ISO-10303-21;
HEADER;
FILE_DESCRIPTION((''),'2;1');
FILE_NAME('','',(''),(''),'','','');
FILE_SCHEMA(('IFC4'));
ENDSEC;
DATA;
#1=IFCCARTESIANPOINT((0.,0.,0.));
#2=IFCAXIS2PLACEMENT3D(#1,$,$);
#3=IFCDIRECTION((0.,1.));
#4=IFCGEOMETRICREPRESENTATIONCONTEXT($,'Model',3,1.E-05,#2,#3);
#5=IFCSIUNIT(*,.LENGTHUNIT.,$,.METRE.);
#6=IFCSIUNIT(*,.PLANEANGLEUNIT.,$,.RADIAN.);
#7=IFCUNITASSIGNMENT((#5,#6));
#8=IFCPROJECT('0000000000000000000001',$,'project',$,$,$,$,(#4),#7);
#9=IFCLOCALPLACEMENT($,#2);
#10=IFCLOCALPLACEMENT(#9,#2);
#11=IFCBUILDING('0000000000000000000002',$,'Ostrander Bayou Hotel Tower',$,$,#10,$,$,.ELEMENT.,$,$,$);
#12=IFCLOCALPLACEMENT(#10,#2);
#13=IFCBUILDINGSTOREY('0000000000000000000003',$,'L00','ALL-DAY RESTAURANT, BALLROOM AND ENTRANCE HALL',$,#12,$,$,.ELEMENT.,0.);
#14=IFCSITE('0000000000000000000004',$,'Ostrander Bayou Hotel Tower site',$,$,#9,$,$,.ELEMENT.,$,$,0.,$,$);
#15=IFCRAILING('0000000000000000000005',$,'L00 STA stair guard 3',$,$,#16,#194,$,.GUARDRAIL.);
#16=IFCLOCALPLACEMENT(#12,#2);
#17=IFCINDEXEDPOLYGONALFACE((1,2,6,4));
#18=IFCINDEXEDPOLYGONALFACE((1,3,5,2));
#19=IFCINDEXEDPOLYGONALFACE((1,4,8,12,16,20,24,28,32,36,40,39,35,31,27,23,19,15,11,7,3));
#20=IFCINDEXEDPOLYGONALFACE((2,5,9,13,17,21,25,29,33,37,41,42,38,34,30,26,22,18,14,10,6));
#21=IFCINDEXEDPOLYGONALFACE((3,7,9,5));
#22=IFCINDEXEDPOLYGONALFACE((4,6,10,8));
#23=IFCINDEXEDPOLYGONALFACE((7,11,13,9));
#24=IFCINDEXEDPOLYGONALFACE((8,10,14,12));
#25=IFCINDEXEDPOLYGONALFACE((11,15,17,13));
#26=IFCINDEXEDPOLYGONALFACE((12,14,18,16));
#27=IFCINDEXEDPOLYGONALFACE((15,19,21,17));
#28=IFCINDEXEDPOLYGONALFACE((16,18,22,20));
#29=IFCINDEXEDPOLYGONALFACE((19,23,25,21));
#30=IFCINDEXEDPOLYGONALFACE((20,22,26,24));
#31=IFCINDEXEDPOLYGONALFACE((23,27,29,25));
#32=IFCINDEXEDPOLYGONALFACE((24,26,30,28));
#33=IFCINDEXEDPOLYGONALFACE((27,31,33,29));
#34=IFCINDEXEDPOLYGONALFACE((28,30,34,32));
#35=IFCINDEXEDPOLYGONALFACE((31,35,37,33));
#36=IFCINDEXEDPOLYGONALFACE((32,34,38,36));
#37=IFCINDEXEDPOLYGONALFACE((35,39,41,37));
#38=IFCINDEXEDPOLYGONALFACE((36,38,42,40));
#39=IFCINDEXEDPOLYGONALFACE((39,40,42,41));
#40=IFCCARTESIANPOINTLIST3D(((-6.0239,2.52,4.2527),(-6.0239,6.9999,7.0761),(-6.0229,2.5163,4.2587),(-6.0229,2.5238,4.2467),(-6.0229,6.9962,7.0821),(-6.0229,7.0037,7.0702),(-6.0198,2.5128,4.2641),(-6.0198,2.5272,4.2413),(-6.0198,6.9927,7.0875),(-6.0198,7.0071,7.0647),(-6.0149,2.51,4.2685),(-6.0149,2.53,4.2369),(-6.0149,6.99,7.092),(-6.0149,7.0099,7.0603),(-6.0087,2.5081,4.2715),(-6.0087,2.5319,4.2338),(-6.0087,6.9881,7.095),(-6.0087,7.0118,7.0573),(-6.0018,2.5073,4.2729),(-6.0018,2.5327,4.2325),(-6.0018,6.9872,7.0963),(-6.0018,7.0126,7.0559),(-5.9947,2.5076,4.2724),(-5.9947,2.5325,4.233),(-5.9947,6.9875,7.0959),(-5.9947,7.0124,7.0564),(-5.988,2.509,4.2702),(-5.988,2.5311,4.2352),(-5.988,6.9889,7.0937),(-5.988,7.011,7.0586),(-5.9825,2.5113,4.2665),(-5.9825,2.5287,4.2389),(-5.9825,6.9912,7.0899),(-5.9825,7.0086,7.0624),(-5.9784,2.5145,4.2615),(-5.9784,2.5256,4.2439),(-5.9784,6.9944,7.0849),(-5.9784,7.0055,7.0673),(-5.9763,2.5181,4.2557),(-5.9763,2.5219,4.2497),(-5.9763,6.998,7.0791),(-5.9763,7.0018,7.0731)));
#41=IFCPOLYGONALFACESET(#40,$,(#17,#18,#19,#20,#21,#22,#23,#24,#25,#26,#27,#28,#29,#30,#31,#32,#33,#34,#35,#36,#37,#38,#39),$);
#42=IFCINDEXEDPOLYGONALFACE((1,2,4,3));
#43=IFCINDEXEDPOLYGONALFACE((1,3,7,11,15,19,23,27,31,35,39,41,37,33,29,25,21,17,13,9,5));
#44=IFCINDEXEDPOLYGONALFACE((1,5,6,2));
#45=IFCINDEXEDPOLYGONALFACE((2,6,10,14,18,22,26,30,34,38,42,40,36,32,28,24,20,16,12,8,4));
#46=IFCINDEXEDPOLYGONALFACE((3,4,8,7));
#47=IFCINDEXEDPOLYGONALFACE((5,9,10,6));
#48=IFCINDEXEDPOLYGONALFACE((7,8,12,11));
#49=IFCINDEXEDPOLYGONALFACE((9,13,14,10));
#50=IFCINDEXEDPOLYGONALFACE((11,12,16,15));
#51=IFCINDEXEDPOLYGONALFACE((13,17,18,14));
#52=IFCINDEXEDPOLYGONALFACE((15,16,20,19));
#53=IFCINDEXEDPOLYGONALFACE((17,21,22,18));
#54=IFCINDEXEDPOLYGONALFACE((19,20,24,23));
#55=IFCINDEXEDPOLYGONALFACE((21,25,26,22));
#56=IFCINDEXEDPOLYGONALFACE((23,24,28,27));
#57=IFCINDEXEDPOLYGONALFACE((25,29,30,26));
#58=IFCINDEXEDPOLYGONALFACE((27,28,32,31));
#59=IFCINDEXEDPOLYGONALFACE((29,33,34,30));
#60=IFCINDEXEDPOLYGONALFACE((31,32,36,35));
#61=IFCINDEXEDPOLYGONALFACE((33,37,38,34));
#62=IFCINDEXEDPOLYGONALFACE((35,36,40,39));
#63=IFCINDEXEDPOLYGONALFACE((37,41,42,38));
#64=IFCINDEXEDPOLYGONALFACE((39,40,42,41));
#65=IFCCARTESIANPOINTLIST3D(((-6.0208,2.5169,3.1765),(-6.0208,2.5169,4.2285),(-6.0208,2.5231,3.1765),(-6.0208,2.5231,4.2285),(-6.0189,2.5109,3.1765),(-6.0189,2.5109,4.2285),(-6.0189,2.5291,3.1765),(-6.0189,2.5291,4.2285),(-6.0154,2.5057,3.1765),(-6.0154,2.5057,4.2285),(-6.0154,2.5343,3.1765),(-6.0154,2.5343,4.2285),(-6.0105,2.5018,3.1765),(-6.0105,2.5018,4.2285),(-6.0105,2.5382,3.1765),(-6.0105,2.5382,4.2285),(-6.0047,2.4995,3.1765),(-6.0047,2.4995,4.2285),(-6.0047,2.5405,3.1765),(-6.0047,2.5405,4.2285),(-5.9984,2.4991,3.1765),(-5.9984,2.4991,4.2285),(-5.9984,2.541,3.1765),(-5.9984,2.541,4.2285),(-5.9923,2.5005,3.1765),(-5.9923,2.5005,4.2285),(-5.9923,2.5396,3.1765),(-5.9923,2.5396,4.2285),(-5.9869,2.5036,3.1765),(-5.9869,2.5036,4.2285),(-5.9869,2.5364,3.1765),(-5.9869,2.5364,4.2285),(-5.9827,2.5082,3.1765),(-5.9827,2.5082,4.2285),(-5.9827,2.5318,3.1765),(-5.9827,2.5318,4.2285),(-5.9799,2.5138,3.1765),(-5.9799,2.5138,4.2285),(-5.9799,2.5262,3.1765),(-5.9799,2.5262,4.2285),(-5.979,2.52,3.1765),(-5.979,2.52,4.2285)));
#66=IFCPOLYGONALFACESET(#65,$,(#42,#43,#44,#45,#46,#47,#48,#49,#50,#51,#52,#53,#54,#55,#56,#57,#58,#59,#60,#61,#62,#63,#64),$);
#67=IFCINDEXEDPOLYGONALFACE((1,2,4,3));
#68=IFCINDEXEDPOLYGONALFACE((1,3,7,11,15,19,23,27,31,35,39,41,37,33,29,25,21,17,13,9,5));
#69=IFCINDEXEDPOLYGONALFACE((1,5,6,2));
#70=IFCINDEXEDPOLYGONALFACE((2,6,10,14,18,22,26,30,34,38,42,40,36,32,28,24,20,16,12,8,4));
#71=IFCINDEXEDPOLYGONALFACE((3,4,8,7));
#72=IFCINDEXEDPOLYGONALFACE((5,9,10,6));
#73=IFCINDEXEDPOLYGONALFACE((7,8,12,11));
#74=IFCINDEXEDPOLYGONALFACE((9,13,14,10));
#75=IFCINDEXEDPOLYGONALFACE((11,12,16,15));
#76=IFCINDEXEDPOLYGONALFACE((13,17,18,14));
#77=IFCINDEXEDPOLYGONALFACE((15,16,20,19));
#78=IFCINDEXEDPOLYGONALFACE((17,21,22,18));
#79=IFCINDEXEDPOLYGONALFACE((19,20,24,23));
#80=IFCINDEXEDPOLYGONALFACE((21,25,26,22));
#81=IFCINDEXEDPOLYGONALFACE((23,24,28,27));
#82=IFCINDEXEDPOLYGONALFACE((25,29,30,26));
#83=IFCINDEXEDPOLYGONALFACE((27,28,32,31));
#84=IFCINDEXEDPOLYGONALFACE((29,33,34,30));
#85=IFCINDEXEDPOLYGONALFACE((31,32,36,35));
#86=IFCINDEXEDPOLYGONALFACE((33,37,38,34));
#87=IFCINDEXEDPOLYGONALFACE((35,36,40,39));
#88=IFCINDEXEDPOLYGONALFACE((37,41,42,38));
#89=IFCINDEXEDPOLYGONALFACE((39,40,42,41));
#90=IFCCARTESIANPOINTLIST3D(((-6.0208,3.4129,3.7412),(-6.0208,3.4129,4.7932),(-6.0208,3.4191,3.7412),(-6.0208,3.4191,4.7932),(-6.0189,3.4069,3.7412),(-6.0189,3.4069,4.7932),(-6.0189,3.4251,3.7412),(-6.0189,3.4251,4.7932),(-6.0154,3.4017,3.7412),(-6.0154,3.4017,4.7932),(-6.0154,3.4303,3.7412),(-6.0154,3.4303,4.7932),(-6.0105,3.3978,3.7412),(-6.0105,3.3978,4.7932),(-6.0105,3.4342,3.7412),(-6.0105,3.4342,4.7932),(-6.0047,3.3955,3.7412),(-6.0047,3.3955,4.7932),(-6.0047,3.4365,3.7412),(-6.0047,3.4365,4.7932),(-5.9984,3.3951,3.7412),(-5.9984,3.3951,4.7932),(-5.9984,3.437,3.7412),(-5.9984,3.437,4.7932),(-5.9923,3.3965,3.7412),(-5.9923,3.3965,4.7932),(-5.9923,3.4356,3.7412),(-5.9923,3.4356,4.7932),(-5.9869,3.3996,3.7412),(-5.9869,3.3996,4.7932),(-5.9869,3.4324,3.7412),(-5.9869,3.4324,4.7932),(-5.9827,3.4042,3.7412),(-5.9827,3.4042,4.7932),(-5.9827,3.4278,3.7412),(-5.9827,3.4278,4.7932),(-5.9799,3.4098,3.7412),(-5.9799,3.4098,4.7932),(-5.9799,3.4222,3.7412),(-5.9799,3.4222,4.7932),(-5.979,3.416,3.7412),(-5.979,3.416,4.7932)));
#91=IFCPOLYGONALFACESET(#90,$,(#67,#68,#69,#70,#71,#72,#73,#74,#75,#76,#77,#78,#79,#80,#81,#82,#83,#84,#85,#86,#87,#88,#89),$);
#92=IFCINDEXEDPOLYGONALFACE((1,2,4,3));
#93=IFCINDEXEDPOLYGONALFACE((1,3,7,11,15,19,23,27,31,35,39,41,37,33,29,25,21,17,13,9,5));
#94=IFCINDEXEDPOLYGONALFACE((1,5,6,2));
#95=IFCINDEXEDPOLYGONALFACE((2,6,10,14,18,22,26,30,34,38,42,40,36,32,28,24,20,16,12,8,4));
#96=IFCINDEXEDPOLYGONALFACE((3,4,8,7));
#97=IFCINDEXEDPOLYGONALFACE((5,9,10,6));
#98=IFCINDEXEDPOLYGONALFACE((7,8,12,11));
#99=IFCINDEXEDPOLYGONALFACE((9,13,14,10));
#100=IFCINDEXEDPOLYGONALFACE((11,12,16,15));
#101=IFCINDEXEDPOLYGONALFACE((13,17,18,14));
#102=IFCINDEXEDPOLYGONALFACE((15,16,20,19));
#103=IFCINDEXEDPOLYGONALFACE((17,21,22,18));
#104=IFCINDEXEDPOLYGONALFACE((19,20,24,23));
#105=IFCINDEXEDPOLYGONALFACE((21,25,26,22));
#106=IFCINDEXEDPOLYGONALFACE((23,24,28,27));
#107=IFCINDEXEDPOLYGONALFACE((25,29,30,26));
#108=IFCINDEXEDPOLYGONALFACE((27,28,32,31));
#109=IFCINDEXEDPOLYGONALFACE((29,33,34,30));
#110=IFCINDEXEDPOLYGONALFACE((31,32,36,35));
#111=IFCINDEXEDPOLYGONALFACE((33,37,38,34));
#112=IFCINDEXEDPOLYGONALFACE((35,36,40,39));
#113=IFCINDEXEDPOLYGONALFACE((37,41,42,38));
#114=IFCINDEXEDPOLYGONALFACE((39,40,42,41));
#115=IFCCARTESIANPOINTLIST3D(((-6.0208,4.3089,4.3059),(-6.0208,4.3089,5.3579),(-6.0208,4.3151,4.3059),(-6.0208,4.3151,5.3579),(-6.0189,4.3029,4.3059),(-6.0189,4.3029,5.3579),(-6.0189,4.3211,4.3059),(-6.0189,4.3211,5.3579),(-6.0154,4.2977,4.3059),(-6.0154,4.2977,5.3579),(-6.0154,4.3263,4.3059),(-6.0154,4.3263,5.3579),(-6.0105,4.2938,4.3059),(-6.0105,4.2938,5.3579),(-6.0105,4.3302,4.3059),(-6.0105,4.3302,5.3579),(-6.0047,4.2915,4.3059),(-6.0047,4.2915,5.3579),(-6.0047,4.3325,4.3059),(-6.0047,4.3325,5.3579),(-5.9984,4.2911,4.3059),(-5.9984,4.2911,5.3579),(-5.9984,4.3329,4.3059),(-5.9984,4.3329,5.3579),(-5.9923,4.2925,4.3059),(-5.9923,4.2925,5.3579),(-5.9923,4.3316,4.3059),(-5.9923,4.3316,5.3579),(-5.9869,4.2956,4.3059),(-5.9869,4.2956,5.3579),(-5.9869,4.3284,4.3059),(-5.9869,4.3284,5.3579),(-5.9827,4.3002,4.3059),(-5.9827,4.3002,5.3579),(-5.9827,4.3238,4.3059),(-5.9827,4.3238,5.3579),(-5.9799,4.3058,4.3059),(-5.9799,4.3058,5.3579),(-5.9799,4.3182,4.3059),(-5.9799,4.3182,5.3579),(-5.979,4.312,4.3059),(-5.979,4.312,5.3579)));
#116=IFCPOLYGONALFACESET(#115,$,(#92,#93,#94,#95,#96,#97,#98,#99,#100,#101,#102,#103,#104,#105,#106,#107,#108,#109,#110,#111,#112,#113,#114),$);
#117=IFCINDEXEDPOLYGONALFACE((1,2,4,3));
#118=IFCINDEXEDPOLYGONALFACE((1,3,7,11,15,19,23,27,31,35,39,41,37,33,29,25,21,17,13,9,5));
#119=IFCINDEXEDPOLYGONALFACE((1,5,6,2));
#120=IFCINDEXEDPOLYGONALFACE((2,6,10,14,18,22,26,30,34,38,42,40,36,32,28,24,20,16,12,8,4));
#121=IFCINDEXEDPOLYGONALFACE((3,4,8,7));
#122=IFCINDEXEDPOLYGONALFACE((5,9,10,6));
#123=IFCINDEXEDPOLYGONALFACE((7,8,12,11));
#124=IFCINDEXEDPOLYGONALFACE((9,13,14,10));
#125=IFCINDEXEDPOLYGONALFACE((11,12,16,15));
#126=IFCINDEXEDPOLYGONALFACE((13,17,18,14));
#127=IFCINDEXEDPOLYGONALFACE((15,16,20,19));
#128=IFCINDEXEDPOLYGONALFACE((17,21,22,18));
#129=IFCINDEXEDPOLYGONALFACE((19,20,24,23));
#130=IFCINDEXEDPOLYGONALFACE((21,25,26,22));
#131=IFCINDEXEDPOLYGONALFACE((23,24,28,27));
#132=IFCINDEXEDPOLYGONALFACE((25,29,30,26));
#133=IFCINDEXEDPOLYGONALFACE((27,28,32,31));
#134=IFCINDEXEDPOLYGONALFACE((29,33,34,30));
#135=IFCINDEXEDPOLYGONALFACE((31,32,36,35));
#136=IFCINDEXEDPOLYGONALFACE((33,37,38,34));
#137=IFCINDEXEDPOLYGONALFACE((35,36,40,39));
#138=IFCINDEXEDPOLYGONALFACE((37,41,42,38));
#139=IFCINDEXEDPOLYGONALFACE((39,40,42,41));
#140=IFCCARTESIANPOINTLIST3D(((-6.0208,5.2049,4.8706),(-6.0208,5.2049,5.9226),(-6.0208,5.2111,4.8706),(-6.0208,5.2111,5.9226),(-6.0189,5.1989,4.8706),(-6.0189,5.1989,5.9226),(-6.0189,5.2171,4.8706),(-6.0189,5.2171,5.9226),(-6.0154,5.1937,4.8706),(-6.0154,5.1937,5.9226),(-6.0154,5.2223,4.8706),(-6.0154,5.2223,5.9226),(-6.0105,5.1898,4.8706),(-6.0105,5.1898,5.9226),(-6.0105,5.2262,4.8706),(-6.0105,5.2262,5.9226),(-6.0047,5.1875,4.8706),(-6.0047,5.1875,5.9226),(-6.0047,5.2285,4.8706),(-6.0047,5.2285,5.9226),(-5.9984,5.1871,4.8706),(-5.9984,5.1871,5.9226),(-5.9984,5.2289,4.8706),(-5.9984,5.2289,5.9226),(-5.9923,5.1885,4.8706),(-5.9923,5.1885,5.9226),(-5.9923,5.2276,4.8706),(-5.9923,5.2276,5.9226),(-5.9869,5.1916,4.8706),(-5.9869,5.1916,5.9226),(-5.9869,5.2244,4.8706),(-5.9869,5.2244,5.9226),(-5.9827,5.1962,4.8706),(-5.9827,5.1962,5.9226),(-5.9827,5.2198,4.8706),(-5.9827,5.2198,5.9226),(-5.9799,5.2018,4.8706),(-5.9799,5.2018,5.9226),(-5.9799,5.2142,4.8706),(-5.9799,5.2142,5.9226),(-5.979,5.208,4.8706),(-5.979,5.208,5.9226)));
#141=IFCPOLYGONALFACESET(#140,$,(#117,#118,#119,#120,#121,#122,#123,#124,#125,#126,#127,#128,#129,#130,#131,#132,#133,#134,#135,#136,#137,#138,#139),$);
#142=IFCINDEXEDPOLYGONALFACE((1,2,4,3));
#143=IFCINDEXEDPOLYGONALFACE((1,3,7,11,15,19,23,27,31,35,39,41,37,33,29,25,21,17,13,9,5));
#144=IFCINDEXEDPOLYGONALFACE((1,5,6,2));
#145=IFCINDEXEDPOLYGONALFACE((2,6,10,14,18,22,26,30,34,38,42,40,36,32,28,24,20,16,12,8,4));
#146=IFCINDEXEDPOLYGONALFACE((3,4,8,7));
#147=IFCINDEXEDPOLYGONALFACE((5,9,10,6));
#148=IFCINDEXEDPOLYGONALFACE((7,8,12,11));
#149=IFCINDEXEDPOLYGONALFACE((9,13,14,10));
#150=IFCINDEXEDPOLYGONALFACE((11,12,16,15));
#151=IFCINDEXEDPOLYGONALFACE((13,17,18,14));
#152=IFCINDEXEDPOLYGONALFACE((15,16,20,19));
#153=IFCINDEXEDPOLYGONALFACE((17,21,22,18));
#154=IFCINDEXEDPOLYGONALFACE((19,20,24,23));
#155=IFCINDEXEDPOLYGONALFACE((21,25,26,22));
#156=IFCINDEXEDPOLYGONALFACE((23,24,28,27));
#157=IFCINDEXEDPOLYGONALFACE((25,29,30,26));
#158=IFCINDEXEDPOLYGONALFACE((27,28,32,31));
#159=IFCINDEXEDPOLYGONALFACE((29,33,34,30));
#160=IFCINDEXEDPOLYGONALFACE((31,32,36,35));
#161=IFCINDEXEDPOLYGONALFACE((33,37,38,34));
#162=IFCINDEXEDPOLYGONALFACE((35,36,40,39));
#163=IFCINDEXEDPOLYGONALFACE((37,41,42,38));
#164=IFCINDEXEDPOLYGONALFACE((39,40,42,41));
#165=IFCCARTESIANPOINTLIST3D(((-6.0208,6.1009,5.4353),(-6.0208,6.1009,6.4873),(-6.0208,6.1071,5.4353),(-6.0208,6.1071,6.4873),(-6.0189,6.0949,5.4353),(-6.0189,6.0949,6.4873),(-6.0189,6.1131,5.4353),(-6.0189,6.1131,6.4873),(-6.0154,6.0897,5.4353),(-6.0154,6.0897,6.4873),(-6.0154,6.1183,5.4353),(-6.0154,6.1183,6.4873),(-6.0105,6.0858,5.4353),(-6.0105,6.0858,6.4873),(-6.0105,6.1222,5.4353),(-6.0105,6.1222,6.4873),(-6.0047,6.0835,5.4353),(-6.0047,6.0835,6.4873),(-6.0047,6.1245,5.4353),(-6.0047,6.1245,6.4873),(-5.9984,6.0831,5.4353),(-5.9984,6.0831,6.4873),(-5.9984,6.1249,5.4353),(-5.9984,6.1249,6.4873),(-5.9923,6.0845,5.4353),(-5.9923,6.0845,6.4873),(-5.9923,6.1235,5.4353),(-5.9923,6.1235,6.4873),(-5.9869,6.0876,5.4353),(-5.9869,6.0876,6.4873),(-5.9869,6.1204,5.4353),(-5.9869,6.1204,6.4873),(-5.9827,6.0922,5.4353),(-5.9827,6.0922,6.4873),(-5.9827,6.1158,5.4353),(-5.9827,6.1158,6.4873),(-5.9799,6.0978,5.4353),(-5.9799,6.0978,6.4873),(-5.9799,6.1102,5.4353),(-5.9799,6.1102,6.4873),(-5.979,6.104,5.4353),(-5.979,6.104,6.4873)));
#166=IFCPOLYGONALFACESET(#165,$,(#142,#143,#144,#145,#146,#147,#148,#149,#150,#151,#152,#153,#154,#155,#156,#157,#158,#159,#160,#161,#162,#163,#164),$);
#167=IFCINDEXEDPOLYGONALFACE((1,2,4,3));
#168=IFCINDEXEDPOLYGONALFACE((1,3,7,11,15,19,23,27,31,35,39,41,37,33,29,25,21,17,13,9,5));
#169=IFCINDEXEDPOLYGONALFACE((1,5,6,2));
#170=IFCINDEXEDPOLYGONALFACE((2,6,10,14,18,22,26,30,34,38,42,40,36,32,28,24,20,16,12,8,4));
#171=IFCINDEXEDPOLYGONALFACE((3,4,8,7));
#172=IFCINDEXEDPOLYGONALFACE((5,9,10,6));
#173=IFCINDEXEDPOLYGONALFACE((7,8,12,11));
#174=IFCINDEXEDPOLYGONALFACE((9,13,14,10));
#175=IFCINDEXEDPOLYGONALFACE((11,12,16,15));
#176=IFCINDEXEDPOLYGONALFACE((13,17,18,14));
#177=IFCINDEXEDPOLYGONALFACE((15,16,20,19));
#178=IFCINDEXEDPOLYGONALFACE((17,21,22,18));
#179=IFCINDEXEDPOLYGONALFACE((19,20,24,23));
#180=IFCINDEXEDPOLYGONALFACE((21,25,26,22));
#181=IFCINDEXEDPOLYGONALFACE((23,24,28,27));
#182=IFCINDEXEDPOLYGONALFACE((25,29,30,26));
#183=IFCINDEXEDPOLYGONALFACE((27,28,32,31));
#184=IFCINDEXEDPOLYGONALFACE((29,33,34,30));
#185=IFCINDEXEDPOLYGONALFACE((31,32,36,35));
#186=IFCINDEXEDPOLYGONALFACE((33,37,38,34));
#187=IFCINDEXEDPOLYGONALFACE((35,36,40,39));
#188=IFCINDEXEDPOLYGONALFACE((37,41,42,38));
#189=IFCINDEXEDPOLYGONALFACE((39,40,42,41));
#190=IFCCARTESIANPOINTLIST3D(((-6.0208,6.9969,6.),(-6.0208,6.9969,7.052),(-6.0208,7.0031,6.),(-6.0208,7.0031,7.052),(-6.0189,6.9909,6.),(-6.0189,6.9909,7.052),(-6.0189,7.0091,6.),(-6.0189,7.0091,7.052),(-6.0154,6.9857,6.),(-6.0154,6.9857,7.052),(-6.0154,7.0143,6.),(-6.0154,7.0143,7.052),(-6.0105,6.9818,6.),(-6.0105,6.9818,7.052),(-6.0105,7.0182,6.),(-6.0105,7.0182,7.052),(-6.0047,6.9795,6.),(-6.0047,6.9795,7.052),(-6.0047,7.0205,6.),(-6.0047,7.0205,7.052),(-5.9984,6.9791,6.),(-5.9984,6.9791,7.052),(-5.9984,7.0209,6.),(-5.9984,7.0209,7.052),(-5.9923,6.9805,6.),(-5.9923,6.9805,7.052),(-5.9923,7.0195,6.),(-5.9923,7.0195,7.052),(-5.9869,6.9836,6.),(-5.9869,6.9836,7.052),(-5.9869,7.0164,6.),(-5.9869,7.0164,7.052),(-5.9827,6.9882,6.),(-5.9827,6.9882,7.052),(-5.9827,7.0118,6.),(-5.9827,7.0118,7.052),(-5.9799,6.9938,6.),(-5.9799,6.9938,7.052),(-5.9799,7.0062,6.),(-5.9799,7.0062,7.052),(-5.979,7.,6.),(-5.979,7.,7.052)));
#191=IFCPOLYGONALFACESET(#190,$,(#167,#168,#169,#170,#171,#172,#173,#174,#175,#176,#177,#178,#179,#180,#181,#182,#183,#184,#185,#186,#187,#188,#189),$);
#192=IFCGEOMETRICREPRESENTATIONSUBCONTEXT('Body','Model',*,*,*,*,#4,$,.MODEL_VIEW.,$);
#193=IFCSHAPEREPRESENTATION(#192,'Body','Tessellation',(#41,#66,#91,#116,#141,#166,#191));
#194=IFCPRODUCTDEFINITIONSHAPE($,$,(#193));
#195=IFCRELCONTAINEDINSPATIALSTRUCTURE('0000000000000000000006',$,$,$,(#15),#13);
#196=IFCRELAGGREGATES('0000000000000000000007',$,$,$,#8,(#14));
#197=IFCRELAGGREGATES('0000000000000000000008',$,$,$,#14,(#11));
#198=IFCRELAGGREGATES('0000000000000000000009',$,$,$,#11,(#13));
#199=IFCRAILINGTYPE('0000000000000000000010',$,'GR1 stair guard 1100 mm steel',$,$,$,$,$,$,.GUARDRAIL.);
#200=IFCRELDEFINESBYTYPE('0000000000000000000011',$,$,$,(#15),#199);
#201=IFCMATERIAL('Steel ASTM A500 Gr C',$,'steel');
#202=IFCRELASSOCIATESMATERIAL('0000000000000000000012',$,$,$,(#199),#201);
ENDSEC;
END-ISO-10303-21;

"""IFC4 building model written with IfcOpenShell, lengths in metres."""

from ifc_helpers import new_model, si_unit, direction, frame, origin, origin_2d, place, context, subcontext, project, spatial, circle, extrude, material, type_object, element, save


model = new_model("IFC4")

# Units and contexts
model_context = context("Model", 3, precision=1e-05, world=origin(), true_north=direction((0.0, 1.0)))
body_context = subcontext(model_context, "Body", "Model", "MODEL_VIEW")
ifc_project = project(units=[si_unit("LENGTHUNIT", "METRE"), si_unit("PLANEANGLEUNIT", "RADIAN")], contexts=[model_context])

# Site, building, storey
site_placement = place(None, origin())
site = spatial("IfcSite", under=ifc_project, at=site_placement, Name="Ostrander Bayou Hotel Tower site", CompositionType="ELEMENT", RefElevation=0.0)
building_placement = place(site_placement, origin())
building = spatial("IfcBuilding", under=site, at=building_placement, Name="Ostrander Bayou Hotel Tower", CompositionType="ELEMENT")
storey_placement = place(building_placement, origin())
storey = spatial("IfcBuildingStorey", under=building, at=storey_placement, Name="L00", Description="ALL-DAY RESTAURANT, BALLROOM AND ENTRANCE HALL", CompositionType="ELEMENT", Elevation=0.0)

# Railing
ifc_material_1 = material(Name="Steel ASTM A500 Gr C", Category="steel")
railing_type_1 = type_object("IfcRailingType", Name="GR1 stair guard 1100 mm steel", PredefinedType="GUARDRAIL", material=ifc_material_1)
railing_1_placement = place(storey_placement, frame((-6.0, 2.52, 3.1765)))
element("IfcRailing", 1, at=railing_1_placement, inside=storey, type_object=railing_type_1, Name="L00 STA stair guard 3", PredefinedType="GUARDRAIL", context=body_context, shape_type="SweptSolid", body=[
    extrude(circle(Radius=0.0239, at=origin_2d()), frame((0.0, 0.0, 1.0762), z_axis=(0.0, 0.845998, 0.533186), x_axis=(-1.0, 0.0, 0.0)), (0.0, 0.0, 1.0), 5.2954),
    extrude(circle(Radius=0.021, at=origin_2d()), origin(), (0.0, 0.0, 1.0), 1.052),
    extrude(circle(Radius=0.021, at=origin_2d()), frame((0.0, 0.896, 0.5647)), (0.0, 0.0, 1.0), 1.052),
    extrude(circle(Radius=0.021, at=origin_2d()), frame((0.0, 1.792, 1.1294)), (0.0, 0.0, 1.0), 1.052),
    extrude(circle(Radius=0.021, at=origin_2d()), frame((0.0, 2.688, 1.6941)), (0.0, 0.0, 1.0), 1.052),
    extrude(circle(Radius=0.021, at=origin_2d()), frame((0.0, 3.584, 2.2588)), (0.0, 0.0, 1.0), 1.052),
    extrude(circle(Radius=0.021, at=origin_2d()), frame((0.0, 4.48, 2.8235)), (0.0, 0.0, 1.0), 1.052),
])

save(model, "model.ifc")
